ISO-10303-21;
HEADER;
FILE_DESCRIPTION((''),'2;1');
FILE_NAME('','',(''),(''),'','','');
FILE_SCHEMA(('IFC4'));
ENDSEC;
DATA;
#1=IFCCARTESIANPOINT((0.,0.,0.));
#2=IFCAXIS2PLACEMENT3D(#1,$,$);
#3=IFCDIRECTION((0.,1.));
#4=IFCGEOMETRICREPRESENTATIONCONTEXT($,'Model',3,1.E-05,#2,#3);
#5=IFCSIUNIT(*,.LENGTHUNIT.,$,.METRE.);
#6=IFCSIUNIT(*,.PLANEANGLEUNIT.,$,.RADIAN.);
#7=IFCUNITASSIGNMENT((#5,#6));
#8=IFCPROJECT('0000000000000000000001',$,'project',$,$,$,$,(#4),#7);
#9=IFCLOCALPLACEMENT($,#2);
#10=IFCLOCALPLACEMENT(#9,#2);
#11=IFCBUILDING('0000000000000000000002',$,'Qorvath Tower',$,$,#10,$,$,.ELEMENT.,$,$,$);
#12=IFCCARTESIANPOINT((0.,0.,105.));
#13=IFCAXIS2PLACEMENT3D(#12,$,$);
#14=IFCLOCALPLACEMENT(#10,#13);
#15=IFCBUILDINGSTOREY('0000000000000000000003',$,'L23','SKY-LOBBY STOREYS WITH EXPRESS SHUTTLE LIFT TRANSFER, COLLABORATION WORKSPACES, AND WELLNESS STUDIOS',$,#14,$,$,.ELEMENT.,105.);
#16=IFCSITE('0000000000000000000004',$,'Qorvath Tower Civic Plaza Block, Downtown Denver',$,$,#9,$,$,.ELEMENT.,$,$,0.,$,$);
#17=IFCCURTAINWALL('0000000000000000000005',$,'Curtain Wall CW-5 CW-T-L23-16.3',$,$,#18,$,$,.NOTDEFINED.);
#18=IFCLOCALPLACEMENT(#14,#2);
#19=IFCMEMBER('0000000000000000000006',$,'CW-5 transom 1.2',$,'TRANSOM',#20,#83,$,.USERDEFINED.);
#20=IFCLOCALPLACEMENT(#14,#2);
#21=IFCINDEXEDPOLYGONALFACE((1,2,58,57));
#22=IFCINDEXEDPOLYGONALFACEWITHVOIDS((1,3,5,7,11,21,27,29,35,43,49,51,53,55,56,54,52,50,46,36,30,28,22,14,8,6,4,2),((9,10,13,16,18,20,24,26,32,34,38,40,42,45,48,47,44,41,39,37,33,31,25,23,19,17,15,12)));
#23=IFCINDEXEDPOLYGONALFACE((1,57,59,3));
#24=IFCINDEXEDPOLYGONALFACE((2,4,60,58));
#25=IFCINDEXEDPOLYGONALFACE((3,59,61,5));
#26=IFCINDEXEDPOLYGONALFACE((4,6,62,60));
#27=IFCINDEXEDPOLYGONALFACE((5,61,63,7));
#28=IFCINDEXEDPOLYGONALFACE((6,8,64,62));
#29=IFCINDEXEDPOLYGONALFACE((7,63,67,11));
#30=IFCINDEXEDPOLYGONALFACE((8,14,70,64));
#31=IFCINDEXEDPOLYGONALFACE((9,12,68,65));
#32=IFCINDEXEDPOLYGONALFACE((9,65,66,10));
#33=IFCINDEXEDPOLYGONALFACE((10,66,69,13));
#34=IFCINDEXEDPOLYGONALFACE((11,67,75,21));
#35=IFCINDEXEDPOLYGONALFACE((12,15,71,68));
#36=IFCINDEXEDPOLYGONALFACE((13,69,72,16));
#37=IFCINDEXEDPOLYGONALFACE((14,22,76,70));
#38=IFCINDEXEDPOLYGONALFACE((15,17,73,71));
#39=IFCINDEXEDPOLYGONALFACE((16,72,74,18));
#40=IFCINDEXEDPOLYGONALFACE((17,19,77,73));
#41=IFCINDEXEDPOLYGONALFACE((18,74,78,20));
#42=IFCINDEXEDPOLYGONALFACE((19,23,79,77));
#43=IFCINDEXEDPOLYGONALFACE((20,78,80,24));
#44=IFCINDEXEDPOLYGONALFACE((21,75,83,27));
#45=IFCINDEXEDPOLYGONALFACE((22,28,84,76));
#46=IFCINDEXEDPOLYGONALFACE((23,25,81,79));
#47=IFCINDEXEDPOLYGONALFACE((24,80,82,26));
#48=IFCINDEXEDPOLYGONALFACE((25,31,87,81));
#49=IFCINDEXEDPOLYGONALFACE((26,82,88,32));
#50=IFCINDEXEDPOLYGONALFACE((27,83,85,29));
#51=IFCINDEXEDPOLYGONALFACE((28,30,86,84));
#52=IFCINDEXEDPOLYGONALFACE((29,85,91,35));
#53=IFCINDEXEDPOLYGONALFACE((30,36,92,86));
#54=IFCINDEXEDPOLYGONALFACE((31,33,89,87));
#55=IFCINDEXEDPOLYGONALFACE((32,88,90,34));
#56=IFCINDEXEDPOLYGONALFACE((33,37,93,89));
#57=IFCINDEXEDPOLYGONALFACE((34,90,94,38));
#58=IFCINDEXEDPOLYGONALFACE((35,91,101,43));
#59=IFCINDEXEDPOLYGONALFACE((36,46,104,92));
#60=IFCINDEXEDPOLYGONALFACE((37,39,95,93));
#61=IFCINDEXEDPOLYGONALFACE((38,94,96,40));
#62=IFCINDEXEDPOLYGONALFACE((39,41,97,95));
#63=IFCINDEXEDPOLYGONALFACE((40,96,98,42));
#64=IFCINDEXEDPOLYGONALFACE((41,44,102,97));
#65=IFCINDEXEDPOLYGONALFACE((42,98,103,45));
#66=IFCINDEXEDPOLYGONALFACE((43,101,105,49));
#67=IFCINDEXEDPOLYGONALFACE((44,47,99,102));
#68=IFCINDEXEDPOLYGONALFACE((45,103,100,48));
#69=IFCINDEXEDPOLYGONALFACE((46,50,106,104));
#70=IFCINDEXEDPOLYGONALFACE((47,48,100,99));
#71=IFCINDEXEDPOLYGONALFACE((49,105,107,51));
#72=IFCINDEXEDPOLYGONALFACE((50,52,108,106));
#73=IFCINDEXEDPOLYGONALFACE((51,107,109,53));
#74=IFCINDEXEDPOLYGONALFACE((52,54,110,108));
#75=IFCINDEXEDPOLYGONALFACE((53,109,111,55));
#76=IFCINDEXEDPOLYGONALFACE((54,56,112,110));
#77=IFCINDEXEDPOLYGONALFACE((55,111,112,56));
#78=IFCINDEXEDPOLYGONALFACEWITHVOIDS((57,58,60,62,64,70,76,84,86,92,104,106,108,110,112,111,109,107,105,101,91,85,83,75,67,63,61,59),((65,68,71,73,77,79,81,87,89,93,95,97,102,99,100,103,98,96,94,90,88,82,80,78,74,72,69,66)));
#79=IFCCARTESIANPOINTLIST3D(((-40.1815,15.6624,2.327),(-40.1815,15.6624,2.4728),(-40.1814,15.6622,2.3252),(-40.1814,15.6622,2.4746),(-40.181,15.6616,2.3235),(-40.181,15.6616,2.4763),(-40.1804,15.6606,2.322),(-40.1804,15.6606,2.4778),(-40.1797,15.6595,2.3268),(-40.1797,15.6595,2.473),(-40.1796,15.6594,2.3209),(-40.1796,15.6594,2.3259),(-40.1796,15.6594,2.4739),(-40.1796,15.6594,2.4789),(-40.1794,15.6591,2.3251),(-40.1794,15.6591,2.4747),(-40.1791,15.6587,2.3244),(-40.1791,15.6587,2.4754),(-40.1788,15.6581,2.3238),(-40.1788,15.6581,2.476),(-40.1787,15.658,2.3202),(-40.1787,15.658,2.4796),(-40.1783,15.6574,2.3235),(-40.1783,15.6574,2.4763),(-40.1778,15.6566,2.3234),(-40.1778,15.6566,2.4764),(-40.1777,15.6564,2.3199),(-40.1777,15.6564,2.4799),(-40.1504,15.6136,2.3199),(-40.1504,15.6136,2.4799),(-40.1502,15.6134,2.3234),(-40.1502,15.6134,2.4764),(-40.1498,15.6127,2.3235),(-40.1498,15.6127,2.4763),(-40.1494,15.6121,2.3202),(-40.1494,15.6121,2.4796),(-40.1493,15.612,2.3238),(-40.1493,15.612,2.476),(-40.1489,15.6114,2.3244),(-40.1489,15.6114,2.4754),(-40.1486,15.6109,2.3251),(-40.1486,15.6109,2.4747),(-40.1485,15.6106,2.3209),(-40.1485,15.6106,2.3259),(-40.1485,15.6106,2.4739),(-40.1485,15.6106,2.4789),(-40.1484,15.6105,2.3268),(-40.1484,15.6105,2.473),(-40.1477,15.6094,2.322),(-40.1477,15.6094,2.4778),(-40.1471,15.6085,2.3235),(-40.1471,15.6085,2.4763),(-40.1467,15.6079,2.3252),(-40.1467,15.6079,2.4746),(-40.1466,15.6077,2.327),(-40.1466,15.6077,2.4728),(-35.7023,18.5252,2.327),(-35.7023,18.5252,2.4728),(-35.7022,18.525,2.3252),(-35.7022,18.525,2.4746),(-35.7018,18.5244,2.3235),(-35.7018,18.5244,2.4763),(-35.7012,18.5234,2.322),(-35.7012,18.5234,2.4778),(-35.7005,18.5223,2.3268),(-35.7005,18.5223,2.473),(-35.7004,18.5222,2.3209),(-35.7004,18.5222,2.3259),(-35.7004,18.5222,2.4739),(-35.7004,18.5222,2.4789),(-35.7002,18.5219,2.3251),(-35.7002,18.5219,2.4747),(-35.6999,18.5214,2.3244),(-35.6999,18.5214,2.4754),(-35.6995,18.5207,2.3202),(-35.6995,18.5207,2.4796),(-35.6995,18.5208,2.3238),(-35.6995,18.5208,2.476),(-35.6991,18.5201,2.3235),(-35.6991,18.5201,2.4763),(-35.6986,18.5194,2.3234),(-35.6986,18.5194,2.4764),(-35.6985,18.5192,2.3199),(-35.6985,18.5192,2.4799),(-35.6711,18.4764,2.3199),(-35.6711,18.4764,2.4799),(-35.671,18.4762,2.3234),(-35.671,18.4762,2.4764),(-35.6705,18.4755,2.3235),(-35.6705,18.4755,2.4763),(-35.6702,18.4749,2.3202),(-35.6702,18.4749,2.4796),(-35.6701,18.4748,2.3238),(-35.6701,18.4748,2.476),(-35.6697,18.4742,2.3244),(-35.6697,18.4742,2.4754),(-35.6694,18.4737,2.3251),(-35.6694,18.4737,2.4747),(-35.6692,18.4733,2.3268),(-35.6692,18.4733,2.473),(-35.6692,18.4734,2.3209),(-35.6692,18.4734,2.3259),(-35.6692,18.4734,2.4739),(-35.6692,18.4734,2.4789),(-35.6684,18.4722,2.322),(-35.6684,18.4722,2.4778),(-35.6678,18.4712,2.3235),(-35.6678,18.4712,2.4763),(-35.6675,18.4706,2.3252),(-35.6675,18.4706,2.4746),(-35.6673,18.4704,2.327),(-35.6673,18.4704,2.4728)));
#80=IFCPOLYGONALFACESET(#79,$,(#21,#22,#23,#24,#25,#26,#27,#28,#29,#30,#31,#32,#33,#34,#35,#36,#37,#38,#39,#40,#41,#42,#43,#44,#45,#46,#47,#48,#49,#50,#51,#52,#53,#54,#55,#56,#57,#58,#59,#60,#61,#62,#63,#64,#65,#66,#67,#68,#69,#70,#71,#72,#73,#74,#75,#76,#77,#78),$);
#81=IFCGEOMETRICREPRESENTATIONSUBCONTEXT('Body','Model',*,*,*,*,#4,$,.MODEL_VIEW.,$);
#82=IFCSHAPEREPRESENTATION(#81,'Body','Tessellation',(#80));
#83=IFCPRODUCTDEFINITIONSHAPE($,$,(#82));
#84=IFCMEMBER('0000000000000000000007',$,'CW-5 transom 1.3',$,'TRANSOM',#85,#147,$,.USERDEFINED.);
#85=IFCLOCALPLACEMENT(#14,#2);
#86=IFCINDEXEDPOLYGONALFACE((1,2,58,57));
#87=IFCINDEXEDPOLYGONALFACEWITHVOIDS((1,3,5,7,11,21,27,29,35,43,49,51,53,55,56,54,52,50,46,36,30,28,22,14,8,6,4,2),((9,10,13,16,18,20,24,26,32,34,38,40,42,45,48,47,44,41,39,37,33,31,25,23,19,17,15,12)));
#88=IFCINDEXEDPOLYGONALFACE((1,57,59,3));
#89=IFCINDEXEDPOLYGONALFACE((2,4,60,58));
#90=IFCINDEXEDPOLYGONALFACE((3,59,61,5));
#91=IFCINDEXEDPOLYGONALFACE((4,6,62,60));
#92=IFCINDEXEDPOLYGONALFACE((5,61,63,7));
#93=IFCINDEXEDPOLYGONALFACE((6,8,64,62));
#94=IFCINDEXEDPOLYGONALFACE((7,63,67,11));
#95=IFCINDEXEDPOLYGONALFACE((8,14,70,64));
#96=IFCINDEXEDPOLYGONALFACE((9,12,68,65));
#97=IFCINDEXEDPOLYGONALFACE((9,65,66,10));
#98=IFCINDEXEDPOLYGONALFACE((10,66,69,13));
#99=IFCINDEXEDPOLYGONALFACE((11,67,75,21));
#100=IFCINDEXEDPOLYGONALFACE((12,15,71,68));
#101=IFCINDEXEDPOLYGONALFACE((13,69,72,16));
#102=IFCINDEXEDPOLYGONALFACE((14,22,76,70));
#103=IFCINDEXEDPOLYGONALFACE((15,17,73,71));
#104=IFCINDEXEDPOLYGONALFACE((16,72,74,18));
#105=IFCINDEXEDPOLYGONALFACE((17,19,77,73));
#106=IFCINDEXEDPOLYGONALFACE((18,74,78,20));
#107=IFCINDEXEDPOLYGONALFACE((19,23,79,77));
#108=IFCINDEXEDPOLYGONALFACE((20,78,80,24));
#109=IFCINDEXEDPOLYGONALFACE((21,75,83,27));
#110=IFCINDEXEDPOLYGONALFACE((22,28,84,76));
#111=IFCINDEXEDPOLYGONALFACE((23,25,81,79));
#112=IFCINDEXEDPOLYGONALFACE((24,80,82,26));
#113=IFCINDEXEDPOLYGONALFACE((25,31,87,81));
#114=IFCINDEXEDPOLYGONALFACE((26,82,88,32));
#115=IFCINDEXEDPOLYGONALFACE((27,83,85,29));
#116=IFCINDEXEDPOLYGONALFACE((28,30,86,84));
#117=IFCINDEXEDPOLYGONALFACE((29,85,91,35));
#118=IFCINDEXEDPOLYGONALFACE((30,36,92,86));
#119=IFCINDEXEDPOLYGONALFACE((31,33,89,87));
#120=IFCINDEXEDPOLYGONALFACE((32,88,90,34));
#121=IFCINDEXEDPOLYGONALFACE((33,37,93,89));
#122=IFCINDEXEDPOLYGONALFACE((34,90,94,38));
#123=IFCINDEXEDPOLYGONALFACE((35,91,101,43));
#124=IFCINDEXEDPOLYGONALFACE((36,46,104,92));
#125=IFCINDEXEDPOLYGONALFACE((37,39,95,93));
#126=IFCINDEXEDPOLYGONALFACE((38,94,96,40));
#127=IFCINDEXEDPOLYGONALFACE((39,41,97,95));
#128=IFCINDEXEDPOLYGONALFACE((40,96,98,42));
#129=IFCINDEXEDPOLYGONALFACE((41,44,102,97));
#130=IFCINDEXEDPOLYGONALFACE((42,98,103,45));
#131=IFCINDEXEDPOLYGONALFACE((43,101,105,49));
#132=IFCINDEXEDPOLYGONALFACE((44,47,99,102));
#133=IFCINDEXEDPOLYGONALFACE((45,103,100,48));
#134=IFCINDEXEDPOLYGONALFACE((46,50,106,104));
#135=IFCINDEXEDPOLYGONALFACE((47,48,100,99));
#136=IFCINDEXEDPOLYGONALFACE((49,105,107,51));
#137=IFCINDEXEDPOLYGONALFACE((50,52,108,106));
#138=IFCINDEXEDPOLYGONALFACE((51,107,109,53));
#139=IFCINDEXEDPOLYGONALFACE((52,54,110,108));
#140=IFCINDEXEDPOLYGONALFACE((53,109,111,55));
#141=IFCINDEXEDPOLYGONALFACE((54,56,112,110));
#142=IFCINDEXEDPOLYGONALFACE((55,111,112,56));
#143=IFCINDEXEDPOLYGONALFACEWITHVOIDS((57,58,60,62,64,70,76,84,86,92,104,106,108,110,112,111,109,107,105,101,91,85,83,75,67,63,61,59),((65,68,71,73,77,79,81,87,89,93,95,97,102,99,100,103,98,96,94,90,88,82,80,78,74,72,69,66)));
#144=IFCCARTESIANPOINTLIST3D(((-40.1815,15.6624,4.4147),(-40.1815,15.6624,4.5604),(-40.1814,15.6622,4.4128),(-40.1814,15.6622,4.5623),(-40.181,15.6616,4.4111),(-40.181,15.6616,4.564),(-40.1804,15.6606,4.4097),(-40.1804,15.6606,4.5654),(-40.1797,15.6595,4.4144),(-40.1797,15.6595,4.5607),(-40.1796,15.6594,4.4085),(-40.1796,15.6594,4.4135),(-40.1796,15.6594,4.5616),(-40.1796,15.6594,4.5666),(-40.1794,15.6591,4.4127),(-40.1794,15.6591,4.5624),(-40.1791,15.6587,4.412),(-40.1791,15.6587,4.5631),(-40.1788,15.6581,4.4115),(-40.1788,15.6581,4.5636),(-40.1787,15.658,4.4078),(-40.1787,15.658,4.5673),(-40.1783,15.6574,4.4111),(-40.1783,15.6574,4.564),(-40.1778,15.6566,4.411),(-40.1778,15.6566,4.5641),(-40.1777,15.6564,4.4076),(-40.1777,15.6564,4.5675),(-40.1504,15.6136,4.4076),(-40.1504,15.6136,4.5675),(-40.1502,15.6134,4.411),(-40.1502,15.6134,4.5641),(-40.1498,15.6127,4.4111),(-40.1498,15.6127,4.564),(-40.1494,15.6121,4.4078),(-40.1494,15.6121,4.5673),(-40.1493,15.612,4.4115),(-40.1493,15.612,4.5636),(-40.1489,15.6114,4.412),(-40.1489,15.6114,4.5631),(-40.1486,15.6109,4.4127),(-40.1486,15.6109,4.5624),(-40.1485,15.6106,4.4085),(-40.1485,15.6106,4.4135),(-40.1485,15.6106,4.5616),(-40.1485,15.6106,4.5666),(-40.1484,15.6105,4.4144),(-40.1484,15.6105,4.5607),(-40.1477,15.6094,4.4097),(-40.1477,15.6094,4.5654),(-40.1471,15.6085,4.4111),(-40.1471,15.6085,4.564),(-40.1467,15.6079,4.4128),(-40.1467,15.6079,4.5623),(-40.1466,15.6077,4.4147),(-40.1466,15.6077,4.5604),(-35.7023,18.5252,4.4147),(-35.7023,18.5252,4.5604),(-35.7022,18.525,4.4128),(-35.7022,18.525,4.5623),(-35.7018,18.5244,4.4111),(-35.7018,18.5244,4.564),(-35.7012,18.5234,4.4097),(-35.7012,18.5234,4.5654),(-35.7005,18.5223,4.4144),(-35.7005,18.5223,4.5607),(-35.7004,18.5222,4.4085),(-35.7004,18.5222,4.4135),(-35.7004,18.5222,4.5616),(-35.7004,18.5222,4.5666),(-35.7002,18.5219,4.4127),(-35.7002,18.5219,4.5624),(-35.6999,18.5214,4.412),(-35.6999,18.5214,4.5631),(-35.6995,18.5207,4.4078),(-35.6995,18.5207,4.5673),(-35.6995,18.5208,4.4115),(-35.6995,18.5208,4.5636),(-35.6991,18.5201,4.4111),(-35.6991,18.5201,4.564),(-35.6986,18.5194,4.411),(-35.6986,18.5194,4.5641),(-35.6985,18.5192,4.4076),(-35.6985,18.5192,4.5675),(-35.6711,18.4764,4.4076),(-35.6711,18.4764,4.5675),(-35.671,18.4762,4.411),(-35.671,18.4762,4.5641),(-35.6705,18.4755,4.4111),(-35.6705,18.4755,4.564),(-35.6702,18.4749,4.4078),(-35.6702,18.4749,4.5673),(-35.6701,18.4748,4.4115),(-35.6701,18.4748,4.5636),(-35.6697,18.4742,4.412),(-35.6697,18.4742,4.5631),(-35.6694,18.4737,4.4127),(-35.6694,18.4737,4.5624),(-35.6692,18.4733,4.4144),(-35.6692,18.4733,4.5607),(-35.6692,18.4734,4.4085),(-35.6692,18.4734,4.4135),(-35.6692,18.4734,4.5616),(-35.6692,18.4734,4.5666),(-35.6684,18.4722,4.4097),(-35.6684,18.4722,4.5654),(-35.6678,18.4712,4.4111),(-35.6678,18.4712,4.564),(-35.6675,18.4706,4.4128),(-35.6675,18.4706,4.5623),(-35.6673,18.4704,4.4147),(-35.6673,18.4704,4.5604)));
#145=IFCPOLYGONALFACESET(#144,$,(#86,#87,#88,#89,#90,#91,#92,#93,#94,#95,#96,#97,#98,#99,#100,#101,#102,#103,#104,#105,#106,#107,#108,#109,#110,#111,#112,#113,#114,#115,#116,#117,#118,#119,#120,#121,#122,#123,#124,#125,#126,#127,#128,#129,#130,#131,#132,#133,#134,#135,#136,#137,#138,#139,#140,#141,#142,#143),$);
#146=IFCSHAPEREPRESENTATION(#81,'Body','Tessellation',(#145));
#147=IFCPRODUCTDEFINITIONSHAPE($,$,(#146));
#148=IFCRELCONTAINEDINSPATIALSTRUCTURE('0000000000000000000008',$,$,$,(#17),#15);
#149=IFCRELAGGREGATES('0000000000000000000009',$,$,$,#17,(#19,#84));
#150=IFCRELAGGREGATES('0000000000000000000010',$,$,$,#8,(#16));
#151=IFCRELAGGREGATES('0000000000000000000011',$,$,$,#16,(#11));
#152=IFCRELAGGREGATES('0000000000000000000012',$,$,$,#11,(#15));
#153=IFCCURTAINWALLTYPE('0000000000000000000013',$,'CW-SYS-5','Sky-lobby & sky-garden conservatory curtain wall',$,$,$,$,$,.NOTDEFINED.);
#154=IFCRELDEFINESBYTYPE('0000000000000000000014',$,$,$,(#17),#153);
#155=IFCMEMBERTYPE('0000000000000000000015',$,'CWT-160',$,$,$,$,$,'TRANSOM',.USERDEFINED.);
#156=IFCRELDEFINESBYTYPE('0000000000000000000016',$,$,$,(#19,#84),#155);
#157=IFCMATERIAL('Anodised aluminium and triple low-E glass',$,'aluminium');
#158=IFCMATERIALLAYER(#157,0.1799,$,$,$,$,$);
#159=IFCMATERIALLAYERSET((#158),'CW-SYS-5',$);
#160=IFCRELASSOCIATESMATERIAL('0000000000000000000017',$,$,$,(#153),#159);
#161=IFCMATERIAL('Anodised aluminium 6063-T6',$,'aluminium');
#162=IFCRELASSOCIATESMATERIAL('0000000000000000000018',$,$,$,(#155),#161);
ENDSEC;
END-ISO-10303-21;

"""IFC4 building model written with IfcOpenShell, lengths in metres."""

from ifc_helpers import new_model, si_unit, direction, frame, origin, origin_2d, place, context, subcontext, project, spatial, hollow_rectangle, extrude, material, layer, layer_set, material_profile, profile_set, type_object, element, aggregate, save


model = new_model("IFC4")

# Units and contexts
model_context = context("Model", 3, precision=1e-05, world=origin(), true_north=direction((0.0, 1.0)))
body_context = subcontext(model_context, "Body", "Model", "MODEL_VIEW")
ifc_project = project(units=[si_unit("LENGTHUNIT", "METRE"), si_unit("PLANEANGLEUNIT", "RADIAN")], contexts=[model_context])

# Site, building, storey
site_placement = place(None, origin())
site = spatial("IfcSite", under=ifc_project, at=site_placement, Name="Qorvath Tower Civic Plaza Block, Downtown Denver", CompositionType="ELEMENT", RefElevation=0.0)
building_placement = place(site_placement, origin())
building = spatial("IfcBuilding", under=site, at=building_placement, Name="Qorvath Tower", CompositionType="ELEMENT")
storey_placement = place(building_placement, frame((0.0, 0.0, 105.0)))
storey = spatial("IfcBuildingStorey", under=building, at=storey_placement, Name="L23", Description="SKY-LOBBY STOREYS WITH EXPRESS SHUTTLE LIFT TRANSFER, COLLABORATION WORKSPACES, AND WELLNESS STUDIOS", CompositionType="ELEMENT", Elevation=105.0)

# Shared definitions
ifc_material_1 = material(Name="Anodised aluminium and triple low-E glass", Category="aluminium")
ifc_layer_1 = layer(ifc_material_1, 0.1799)
ifc_layer_set_1 = layer_set([ifc_layer_1], Name="CW-SYS-5")
curtain_wall_type = type_object("IfcCurtainWallType", Name="CW-SYS-5", Description="Sky-lobby & sky-garden conservatory curtain wall", PredefinedType="NOTDEFINED", material=ifc_layer_set_1)

# Curtain wall, members
curtain_wall_1_placement = place(storey_placement, origin())
curtain_wall_1 = element("IfcCurtainWall", 1, at=curtain_wall_1_placement, inside=storey, type_object=curtain_wall_type, Name="Curtain Wall CW-5 CW-T-L23-16.3", PredefinedType="NOTDEFINED")
ifc_material_2 = material(Name="Anodised aluminium 6063-T6", Category="aluminium")
ifc_material_profile_1 = material_profile(ifc_material_2, hollow_rectangle(XDim=0.0649, YDim=0.1599, WallThickness=0.0034, InnerFilletRadius=0.0034, OuterFilletRadius=0.0071, at=origin_2d()), Name="CWT 160x65")
ifc_profile_set_1 = profile_set([ifc_material_profile_1], Name="Anodised aluminium 6063-T6")
member_type_1 = type_object("IfcMemberType", Name="CWT-160", ElementType="TRANSOM", PredefinedType="USERDEFINED", material=ifc_profile_set_1)
member_1_placement = place(storey_placement, frame((-35.6848, 18.4978, 2.3999), z_axis=(-0.842607, -0.53853, 0.0), x_axis=(0.53853, -0.842607, 0.0)))
member_1 = element("IfcMember", 2, at=member_1_placement, type_object=member_type_1, Name="CW-5 transom 1.2", ObjectType="TRANSOM", PredefinedType="USERDEFINED", context=body_context, shape_type="SweptSolid", body=[
    extrude(hollow_rectangle(XDim=0.0649, YDim=0.1599, WallThickness=0.0034, InnerFilletRadius=0.0034, OuterFilletRadius=0.0071, at=origin_2d()), origin(), (0.0, 0.0, 1.0), 5.3159),
])
member_2_placement = place(storey_placement, frame((-35.6848, 18.4978, 4.4875), z_axis=(-0.842607, -0.53853, 0.0), x_axis=(0.53853, -0.842607, 0.0)))
member_2 = element("IfcMember", 3, at=member_2_placement, type_object=member_type_1, Name="CW-5 transom 1.3", ObjectType="TRANSOM", PredefinedType="USERDEFINED", context=body_context, shape_type="SweptSolid", body=[
    extrude(hollow_rectangle(XDim=0.0649, YDim=0.1599, WallThickness=0.0034, InnerFilletRadius=0.0034, OuterFilletRadius=0.0071, at=origin_2d()), origin(), (0.0, 0.0, 1.0), 5.3159),
])

aggregate(curtain_wall_1, [member_1, member_2])

save(model, "model.ifc")
